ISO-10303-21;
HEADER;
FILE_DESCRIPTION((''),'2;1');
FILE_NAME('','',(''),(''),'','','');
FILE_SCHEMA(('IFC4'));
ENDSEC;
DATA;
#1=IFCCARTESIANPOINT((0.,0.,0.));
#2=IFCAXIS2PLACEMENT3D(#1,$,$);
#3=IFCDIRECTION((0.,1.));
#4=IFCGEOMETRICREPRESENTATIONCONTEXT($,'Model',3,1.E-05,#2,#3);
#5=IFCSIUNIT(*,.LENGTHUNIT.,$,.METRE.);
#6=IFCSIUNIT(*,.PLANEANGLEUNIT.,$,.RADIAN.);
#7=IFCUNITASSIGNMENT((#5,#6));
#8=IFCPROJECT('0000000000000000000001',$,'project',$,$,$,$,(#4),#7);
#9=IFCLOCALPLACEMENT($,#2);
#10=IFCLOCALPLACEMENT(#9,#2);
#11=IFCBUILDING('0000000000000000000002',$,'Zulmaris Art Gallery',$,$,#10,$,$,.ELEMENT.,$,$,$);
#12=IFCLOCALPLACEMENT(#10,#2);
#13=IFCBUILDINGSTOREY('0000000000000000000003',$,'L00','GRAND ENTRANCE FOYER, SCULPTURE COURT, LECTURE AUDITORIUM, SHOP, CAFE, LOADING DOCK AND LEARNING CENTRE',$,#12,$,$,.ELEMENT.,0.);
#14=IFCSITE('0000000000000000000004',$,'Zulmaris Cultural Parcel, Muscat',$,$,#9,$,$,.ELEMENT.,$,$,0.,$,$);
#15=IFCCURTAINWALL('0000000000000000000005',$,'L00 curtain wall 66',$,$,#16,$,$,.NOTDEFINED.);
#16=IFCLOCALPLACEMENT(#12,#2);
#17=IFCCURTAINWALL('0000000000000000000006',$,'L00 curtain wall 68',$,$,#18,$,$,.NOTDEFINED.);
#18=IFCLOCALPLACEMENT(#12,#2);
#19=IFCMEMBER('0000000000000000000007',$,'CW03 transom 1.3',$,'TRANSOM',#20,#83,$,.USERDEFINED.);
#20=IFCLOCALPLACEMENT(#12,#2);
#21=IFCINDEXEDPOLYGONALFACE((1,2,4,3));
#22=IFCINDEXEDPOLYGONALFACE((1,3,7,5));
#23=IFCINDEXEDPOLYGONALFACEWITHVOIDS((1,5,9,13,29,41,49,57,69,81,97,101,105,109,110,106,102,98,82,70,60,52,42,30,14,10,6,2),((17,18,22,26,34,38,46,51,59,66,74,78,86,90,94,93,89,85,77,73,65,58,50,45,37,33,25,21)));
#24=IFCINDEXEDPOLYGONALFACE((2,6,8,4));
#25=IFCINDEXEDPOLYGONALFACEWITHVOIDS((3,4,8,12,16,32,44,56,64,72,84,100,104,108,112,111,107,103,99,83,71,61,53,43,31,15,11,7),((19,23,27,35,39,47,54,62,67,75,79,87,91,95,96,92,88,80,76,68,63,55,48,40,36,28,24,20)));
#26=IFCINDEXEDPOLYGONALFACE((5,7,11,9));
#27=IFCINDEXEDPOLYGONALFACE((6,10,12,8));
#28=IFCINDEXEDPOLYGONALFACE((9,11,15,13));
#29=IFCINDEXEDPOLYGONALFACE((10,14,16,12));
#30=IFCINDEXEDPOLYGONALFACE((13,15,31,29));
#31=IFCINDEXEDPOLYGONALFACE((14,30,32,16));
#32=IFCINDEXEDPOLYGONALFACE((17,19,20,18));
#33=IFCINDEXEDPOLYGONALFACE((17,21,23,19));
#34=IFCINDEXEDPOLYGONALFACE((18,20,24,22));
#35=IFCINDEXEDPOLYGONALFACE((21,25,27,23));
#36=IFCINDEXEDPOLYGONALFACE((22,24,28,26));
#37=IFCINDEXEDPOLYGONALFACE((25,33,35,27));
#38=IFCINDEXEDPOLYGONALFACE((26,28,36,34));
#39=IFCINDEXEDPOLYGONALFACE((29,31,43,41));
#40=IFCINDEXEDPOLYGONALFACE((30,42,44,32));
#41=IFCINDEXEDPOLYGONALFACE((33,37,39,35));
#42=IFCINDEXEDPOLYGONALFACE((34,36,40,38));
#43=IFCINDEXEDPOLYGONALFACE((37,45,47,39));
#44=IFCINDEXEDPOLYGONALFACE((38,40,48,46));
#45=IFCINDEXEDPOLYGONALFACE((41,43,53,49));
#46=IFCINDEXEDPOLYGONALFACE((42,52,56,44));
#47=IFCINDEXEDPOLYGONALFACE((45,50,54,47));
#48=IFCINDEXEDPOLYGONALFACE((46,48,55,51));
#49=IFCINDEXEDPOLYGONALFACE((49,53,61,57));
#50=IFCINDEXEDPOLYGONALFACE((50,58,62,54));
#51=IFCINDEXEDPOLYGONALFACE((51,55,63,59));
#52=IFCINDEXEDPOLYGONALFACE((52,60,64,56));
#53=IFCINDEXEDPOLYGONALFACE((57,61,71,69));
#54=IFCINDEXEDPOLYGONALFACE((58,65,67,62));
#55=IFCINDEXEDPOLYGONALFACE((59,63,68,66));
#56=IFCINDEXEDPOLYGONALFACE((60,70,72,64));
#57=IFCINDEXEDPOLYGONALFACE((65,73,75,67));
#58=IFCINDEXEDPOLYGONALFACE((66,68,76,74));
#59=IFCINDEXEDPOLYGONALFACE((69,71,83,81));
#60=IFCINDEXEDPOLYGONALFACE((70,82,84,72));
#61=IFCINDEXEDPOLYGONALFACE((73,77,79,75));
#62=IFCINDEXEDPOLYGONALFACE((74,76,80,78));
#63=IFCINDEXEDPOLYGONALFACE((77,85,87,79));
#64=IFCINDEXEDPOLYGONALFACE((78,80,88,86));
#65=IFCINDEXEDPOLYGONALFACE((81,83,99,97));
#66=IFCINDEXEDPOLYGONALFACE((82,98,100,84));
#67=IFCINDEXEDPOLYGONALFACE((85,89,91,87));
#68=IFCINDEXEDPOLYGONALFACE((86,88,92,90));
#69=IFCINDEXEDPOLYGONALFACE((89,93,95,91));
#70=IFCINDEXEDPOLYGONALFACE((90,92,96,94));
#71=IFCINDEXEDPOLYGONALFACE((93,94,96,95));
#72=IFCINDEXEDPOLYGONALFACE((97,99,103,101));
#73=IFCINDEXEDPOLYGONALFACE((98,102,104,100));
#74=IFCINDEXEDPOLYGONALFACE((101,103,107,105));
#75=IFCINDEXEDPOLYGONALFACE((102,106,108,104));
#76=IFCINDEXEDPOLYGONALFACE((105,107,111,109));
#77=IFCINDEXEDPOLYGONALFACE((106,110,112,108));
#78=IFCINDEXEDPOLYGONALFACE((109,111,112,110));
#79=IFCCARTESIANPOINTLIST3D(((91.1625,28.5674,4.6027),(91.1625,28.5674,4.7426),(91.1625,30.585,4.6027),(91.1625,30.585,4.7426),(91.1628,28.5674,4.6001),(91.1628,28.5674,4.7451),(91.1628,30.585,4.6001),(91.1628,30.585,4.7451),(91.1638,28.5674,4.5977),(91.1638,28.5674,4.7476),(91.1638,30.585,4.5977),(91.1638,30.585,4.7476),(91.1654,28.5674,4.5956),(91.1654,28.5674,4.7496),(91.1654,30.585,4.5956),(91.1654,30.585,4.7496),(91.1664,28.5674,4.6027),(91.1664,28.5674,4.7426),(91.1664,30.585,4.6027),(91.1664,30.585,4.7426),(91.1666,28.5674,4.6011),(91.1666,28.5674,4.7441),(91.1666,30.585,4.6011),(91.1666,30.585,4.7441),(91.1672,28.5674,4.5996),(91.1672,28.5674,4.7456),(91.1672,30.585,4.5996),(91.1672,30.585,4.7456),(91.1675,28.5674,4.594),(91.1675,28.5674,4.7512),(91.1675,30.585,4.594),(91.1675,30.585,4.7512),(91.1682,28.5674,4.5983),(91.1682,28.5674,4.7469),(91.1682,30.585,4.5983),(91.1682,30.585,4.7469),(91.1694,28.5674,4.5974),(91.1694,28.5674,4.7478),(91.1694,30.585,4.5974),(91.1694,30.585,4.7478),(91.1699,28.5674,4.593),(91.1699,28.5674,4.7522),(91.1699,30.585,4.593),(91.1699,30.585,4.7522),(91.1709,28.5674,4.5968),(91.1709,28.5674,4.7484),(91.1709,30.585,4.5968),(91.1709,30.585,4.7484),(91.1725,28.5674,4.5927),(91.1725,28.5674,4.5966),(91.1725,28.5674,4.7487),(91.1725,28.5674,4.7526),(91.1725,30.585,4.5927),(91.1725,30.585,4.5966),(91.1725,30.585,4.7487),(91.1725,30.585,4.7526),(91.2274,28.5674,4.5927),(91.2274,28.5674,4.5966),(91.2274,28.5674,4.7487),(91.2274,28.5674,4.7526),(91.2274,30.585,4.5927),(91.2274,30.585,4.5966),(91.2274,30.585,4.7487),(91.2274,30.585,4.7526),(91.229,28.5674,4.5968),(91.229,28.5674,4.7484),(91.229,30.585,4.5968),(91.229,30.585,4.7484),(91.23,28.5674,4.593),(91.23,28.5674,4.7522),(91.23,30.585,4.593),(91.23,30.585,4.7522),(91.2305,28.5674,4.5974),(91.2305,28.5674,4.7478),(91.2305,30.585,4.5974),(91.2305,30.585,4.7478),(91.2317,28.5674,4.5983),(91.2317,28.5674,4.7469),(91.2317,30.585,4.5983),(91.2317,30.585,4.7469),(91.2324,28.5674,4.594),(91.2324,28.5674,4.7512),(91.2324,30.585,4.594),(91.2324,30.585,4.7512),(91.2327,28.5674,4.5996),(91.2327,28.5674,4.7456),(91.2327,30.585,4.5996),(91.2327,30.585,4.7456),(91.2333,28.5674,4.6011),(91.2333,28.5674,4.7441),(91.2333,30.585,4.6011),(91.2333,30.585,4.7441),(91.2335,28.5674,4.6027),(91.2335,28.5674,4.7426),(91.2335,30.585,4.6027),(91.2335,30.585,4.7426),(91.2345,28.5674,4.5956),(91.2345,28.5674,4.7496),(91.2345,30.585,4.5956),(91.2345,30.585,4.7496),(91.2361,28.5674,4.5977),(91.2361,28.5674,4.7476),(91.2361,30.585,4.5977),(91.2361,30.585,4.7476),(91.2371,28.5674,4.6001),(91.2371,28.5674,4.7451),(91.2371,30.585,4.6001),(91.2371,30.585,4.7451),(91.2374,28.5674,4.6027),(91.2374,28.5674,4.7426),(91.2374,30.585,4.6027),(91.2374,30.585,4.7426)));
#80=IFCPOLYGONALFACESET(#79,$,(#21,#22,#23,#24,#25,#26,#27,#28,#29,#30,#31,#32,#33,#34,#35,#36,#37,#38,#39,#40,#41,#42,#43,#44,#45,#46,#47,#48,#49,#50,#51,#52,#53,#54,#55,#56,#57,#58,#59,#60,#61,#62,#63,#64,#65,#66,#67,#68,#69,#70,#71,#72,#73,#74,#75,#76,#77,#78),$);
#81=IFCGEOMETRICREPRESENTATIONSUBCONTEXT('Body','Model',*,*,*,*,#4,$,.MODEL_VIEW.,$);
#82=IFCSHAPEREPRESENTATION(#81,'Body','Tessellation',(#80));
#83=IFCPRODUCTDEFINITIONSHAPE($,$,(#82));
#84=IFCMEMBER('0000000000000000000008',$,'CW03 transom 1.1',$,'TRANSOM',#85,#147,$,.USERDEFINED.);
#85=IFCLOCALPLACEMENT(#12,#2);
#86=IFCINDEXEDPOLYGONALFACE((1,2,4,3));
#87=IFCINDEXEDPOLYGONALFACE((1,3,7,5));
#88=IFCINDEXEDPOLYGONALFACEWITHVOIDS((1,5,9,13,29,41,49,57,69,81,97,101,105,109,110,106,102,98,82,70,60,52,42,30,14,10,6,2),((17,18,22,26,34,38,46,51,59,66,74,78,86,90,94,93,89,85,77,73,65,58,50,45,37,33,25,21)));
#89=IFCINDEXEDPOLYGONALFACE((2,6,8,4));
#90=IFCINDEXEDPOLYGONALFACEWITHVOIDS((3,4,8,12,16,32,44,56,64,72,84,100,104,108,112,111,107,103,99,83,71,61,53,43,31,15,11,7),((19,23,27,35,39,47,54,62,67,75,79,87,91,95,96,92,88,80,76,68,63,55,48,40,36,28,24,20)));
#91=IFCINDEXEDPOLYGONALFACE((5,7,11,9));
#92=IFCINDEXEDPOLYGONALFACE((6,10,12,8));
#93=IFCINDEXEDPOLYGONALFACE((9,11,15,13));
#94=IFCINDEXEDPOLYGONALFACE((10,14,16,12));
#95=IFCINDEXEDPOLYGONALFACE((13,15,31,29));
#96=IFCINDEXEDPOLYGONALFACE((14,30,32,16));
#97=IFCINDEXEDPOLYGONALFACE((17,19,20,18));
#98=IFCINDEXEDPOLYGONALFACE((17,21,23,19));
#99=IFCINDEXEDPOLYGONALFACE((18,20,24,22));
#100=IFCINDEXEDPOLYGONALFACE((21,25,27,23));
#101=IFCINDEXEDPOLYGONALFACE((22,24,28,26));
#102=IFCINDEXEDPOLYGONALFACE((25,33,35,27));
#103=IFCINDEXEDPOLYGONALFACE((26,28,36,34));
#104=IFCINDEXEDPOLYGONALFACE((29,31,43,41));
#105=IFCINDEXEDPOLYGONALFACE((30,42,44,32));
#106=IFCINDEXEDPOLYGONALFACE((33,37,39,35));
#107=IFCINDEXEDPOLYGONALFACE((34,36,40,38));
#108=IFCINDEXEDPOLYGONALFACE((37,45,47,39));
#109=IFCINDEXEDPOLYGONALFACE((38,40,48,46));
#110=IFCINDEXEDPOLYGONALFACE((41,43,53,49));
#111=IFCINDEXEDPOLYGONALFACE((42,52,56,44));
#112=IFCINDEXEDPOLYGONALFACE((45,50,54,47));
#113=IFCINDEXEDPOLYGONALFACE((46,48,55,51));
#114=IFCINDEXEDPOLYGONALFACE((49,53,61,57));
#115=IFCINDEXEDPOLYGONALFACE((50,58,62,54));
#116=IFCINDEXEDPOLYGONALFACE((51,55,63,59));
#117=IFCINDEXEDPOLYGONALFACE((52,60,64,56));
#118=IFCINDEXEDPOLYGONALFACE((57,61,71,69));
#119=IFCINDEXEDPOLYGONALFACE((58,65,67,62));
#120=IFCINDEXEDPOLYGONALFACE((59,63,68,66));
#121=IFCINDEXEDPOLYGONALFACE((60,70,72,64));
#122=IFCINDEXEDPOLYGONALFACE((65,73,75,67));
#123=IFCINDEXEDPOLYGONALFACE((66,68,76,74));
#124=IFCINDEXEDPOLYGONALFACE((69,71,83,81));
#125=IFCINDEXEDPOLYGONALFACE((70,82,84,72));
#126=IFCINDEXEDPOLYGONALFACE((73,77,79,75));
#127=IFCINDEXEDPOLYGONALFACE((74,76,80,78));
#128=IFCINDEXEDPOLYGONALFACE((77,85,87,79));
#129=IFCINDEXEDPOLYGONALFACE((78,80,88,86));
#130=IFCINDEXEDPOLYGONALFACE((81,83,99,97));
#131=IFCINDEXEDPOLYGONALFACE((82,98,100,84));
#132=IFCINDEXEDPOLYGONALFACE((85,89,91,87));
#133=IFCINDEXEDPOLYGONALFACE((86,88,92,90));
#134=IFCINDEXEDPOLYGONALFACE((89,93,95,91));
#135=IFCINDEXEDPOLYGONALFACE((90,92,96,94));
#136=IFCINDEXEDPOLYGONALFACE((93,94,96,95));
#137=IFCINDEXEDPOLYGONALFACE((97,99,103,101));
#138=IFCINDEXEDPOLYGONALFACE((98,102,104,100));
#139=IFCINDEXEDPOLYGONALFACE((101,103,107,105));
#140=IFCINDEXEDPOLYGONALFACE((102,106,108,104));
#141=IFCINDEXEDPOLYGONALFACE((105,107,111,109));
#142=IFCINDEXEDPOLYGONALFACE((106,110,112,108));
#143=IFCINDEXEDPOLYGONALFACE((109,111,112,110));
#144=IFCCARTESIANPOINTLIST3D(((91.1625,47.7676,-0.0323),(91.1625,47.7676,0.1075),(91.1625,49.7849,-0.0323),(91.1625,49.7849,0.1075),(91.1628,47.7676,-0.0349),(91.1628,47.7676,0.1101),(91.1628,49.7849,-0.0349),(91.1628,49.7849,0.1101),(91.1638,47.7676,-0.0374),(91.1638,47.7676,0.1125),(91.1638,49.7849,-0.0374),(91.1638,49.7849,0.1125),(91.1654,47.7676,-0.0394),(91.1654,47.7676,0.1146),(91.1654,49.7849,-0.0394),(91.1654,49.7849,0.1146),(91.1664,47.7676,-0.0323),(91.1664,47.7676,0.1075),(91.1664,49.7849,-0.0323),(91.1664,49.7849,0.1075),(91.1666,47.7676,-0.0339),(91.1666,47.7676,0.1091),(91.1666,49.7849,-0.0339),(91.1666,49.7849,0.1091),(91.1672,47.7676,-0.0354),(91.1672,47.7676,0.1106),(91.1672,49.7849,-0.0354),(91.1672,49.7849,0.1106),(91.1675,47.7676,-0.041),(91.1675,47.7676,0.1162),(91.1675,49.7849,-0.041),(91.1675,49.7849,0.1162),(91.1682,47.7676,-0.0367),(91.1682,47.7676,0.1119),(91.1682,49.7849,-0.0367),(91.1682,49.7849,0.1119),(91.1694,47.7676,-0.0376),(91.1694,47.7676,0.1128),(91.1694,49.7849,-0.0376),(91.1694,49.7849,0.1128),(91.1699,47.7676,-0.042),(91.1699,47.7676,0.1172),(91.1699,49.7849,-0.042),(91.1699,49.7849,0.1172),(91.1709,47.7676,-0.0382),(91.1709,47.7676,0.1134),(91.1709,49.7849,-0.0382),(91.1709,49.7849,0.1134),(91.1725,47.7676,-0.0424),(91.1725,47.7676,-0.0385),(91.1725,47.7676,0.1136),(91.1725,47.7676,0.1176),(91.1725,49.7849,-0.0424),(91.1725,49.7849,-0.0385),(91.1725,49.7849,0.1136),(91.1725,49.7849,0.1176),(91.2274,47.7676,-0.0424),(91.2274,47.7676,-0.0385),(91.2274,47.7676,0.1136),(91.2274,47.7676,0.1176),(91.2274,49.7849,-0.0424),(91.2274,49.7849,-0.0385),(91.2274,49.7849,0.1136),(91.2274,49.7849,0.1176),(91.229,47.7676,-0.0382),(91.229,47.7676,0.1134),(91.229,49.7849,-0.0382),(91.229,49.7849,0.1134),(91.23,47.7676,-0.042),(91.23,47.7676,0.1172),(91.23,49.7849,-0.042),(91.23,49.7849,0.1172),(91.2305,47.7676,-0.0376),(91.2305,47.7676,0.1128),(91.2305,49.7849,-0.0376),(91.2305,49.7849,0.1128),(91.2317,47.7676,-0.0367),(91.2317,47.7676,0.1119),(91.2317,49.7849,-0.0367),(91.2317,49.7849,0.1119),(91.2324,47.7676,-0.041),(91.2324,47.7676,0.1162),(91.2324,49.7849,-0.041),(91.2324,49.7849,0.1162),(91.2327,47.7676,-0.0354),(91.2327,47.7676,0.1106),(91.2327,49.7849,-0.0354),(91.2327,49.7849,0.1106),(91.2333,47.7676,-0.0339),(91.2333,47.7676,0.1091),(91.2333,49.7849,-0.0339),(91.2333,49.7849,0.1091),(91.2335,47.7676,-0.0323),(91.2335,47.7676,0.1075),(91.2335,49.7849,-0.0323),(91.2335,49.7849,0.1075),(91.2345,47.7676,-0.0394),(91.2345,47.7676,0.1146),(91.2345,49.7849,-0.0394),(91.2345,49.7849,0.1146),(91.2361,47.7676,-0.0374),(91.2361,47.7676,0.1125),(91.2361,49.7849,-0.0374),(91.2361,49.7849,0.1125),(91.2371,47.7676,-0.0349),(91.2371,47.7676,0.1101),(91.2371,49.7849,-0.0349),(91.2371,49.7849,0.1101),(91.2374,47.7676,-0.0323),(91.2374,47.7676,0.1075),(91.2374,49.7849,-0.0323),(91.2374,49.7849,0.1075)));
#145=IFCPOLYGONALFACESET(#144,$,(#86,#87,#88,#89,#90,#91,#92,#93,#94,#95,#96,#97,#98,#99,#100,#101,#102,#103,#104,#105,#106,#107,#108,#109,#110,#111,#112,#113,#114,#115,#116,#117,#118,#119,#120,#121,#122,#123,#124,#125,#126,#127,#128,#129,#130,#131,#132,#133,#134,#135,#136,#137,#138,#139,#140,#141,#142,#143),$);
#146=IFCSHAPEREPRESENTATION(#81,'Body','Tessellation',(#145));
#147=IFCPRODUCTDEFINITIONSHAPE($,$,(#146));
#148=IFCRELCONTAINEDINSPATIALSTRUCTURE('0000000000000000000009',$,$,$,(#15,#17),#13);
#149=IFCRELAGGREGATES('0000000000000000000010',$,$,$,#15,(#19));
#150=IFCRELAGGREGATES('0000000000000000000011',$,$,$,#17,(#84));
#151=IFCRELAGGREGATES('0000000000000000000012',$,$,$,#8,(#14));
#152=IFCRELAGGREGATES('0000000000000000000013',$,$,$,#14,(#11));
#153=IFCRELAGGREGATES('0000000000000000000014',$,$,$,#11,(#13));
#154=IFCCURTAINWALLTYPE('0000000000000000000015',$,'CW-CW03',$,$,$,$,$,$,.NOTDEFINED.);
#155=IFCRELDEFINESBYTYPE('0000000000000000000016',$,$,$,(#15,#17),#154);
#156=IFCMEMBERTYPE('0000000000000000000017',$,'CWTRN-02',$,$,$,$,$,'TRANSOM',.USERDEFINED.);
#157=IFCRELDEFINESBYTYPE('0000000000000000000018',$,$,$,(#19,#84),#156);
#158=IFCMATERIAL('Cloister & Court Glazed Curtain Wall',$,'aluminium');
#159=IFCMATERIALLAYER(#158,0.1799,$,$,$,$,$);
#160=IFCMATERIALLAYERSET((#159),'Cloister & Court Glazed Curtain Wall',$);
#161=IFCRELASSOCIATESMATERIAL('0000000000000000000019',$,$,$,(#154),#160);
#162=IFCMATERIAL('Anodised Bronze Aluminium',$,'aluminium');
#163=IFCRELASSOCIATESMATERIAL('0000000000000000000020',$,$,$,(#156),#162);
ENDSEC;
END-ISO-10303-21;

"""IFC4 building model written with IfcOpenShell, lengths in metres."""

from ifc_helpers import new_model, si_unit, direction, frame, origin, origin_2d, place, context, subcontext, project, spatial, hollow_rectangle, extrude, material, layer, layer_set, material_profile, profile_set, type_object, element, aggregate, save


model = new_model("IFC4")

# Units and contexts
model_context = context("Model", 3, precision=1e-05, world=origin(), true_north=direction((0.0, 1.0)))
body_context = subcontext(model_context, "Body", "Model", "MODEL_VIEW")
ifc_project = project(units=[si_unit("LENGTHUNIT", "METRE"), si_unit("PLANEANGLEUNIT", "RADIAN")], contexts=[model_context])

# Site, building, storey
site_placement = place(None, origin())
site = spatial("IfcSite", under=ifc_project, at=site_placement, Name="Zulmaris Cultural Parcel, Muscat", CompositionType="ELEMENT", RefElevation=0.0)
building_placement = place(site_placement, origin())
building = spatial("IfcBuilding", under=site, at=building_placement, Name="Zulmaris Art Gallery", CompositionType="ELEMENT")
storey_placement = place(building_placement, origin())
storey = spatial("IfcBuildingStorey", under=building, at=storey_placement, Name="L00", Description="GRAND ENTRANCE FOYER, SCULPTURE COURT, LECTURE AUDITORIUM, SHOP, CAFE, LOADING DOCK AND LEARNING CENTRE", CompositionType="ELEMENT", Elevation=0.0)

# Curtain wall
ifc_material_1 = material(Name="Cloister & Court Glazed Curtain Wall", Category="aluminium")
ifc_layer_1 = layer(ifc_material_1, 0.1799)
ifc_layer_set_1 = layer_set([ifc_layer_1], Name="Cloister & Court Glazed Curtain Wall")
curtain_wall_type = type_object("IfcCurtainWallType", Name="CW-CW03", PredefinedType="NOTDEFINED", material=ifc_layer_set_1)
curtain_wall_1_placement = place(storey_placement, origin())
curtain_wall_1 = element("IfcCurtainWall", 1, at=curtain_wall_1_placement, inside=storey, type_object=curtain_wall_type, Name="L00 curtain wall 66", PredefinedType="NOTDEFINED")
ifc_material_2 = material(Name="Anodised Bronze Aluminium", Category="aluminium")

# Curtain wall
curtain_wall_2_placement = place(storey_placement, origin())
curtain_wall_2 = element("IfcCurtainWall", 2, at=curtain_wall_2_placement, inside=storey, type_object=curtain_wall_type, Name="L00 curtain wall 68", PredefinedType="NOTDEFINED")

# Members
ifc_material_profile_1 = material_profile(ifc_material_2, hollow_rectangle(XDim=0.075, YDim=0.1599, WallThickness=0.0039, InnerFilletRadius=0.0061, OuterFilletRadius=0.01, at=origin_2d()), Name="ALU 75x160x4")
ifc_profile_set_1 = profile_set([ifc_material_profile_1], Name="Anodised Bronze Aluminium")
member_type_1 = type_object("IfcMemberType", Name="CWTRN-02", ElementType="TRANSOM", PredefinedType="USERDEFINED", material=ifc_profile_set_1)
member_1_placement = place(storey_placement, frame((91.2, 30.585, 4.6726), z_axis=(0.0, -1.0, 0.0), x_axis=(1.0, 0.0, 0.0)))
member_1 = element("IfcMember", 3, at=member_1_placement, type_object=member_type_1, Name="CW03 transom 1.3", ObjectType="TRANSOM", PredefinedType="USERDEFINED", context=body_context, shape_type="SweptSolid", body=[
    extrude(hollow_rectangle(XDim=0.075, YDim=0.1599, WallThickness=0.0039, InnerFilletRadius=0.0061, OuterFilletRadius=0.01, at=origin_2d()), origin(), (0.0, 0.0, 1.0), 2.0176),
])
aggregate(curtain_wall_1, [member_1])
member_2_placement = place(storey_placement, frame((91.2, 49.7849, 0.0376), z_axis=(0.0, -1.0, 0.0), x_axis=(1.0, 0.0, 0.0)))
member_2 = element("IfcMember", 4, at=member_2_placement, type_object=member_type_1, Name="CW03 transom 1.1", ObjectType="TRANSOM", PredefinedType="USERDEFINED", context=body_context, shape_type="SweptSolid", body=[
    extrude(hollow_rectangle(XDim=0.075, YDim=0.1599, WallThickness=0.0039, InnerFilletRadius=0.0061, OuterFilletRadius=0.01, at=origin_2d()), origin(), (0.0, 0.0, 1.0), 2.0173),
])

aggregate(curtain_wall_2, [member_2])

save(model, "model.ifc")
